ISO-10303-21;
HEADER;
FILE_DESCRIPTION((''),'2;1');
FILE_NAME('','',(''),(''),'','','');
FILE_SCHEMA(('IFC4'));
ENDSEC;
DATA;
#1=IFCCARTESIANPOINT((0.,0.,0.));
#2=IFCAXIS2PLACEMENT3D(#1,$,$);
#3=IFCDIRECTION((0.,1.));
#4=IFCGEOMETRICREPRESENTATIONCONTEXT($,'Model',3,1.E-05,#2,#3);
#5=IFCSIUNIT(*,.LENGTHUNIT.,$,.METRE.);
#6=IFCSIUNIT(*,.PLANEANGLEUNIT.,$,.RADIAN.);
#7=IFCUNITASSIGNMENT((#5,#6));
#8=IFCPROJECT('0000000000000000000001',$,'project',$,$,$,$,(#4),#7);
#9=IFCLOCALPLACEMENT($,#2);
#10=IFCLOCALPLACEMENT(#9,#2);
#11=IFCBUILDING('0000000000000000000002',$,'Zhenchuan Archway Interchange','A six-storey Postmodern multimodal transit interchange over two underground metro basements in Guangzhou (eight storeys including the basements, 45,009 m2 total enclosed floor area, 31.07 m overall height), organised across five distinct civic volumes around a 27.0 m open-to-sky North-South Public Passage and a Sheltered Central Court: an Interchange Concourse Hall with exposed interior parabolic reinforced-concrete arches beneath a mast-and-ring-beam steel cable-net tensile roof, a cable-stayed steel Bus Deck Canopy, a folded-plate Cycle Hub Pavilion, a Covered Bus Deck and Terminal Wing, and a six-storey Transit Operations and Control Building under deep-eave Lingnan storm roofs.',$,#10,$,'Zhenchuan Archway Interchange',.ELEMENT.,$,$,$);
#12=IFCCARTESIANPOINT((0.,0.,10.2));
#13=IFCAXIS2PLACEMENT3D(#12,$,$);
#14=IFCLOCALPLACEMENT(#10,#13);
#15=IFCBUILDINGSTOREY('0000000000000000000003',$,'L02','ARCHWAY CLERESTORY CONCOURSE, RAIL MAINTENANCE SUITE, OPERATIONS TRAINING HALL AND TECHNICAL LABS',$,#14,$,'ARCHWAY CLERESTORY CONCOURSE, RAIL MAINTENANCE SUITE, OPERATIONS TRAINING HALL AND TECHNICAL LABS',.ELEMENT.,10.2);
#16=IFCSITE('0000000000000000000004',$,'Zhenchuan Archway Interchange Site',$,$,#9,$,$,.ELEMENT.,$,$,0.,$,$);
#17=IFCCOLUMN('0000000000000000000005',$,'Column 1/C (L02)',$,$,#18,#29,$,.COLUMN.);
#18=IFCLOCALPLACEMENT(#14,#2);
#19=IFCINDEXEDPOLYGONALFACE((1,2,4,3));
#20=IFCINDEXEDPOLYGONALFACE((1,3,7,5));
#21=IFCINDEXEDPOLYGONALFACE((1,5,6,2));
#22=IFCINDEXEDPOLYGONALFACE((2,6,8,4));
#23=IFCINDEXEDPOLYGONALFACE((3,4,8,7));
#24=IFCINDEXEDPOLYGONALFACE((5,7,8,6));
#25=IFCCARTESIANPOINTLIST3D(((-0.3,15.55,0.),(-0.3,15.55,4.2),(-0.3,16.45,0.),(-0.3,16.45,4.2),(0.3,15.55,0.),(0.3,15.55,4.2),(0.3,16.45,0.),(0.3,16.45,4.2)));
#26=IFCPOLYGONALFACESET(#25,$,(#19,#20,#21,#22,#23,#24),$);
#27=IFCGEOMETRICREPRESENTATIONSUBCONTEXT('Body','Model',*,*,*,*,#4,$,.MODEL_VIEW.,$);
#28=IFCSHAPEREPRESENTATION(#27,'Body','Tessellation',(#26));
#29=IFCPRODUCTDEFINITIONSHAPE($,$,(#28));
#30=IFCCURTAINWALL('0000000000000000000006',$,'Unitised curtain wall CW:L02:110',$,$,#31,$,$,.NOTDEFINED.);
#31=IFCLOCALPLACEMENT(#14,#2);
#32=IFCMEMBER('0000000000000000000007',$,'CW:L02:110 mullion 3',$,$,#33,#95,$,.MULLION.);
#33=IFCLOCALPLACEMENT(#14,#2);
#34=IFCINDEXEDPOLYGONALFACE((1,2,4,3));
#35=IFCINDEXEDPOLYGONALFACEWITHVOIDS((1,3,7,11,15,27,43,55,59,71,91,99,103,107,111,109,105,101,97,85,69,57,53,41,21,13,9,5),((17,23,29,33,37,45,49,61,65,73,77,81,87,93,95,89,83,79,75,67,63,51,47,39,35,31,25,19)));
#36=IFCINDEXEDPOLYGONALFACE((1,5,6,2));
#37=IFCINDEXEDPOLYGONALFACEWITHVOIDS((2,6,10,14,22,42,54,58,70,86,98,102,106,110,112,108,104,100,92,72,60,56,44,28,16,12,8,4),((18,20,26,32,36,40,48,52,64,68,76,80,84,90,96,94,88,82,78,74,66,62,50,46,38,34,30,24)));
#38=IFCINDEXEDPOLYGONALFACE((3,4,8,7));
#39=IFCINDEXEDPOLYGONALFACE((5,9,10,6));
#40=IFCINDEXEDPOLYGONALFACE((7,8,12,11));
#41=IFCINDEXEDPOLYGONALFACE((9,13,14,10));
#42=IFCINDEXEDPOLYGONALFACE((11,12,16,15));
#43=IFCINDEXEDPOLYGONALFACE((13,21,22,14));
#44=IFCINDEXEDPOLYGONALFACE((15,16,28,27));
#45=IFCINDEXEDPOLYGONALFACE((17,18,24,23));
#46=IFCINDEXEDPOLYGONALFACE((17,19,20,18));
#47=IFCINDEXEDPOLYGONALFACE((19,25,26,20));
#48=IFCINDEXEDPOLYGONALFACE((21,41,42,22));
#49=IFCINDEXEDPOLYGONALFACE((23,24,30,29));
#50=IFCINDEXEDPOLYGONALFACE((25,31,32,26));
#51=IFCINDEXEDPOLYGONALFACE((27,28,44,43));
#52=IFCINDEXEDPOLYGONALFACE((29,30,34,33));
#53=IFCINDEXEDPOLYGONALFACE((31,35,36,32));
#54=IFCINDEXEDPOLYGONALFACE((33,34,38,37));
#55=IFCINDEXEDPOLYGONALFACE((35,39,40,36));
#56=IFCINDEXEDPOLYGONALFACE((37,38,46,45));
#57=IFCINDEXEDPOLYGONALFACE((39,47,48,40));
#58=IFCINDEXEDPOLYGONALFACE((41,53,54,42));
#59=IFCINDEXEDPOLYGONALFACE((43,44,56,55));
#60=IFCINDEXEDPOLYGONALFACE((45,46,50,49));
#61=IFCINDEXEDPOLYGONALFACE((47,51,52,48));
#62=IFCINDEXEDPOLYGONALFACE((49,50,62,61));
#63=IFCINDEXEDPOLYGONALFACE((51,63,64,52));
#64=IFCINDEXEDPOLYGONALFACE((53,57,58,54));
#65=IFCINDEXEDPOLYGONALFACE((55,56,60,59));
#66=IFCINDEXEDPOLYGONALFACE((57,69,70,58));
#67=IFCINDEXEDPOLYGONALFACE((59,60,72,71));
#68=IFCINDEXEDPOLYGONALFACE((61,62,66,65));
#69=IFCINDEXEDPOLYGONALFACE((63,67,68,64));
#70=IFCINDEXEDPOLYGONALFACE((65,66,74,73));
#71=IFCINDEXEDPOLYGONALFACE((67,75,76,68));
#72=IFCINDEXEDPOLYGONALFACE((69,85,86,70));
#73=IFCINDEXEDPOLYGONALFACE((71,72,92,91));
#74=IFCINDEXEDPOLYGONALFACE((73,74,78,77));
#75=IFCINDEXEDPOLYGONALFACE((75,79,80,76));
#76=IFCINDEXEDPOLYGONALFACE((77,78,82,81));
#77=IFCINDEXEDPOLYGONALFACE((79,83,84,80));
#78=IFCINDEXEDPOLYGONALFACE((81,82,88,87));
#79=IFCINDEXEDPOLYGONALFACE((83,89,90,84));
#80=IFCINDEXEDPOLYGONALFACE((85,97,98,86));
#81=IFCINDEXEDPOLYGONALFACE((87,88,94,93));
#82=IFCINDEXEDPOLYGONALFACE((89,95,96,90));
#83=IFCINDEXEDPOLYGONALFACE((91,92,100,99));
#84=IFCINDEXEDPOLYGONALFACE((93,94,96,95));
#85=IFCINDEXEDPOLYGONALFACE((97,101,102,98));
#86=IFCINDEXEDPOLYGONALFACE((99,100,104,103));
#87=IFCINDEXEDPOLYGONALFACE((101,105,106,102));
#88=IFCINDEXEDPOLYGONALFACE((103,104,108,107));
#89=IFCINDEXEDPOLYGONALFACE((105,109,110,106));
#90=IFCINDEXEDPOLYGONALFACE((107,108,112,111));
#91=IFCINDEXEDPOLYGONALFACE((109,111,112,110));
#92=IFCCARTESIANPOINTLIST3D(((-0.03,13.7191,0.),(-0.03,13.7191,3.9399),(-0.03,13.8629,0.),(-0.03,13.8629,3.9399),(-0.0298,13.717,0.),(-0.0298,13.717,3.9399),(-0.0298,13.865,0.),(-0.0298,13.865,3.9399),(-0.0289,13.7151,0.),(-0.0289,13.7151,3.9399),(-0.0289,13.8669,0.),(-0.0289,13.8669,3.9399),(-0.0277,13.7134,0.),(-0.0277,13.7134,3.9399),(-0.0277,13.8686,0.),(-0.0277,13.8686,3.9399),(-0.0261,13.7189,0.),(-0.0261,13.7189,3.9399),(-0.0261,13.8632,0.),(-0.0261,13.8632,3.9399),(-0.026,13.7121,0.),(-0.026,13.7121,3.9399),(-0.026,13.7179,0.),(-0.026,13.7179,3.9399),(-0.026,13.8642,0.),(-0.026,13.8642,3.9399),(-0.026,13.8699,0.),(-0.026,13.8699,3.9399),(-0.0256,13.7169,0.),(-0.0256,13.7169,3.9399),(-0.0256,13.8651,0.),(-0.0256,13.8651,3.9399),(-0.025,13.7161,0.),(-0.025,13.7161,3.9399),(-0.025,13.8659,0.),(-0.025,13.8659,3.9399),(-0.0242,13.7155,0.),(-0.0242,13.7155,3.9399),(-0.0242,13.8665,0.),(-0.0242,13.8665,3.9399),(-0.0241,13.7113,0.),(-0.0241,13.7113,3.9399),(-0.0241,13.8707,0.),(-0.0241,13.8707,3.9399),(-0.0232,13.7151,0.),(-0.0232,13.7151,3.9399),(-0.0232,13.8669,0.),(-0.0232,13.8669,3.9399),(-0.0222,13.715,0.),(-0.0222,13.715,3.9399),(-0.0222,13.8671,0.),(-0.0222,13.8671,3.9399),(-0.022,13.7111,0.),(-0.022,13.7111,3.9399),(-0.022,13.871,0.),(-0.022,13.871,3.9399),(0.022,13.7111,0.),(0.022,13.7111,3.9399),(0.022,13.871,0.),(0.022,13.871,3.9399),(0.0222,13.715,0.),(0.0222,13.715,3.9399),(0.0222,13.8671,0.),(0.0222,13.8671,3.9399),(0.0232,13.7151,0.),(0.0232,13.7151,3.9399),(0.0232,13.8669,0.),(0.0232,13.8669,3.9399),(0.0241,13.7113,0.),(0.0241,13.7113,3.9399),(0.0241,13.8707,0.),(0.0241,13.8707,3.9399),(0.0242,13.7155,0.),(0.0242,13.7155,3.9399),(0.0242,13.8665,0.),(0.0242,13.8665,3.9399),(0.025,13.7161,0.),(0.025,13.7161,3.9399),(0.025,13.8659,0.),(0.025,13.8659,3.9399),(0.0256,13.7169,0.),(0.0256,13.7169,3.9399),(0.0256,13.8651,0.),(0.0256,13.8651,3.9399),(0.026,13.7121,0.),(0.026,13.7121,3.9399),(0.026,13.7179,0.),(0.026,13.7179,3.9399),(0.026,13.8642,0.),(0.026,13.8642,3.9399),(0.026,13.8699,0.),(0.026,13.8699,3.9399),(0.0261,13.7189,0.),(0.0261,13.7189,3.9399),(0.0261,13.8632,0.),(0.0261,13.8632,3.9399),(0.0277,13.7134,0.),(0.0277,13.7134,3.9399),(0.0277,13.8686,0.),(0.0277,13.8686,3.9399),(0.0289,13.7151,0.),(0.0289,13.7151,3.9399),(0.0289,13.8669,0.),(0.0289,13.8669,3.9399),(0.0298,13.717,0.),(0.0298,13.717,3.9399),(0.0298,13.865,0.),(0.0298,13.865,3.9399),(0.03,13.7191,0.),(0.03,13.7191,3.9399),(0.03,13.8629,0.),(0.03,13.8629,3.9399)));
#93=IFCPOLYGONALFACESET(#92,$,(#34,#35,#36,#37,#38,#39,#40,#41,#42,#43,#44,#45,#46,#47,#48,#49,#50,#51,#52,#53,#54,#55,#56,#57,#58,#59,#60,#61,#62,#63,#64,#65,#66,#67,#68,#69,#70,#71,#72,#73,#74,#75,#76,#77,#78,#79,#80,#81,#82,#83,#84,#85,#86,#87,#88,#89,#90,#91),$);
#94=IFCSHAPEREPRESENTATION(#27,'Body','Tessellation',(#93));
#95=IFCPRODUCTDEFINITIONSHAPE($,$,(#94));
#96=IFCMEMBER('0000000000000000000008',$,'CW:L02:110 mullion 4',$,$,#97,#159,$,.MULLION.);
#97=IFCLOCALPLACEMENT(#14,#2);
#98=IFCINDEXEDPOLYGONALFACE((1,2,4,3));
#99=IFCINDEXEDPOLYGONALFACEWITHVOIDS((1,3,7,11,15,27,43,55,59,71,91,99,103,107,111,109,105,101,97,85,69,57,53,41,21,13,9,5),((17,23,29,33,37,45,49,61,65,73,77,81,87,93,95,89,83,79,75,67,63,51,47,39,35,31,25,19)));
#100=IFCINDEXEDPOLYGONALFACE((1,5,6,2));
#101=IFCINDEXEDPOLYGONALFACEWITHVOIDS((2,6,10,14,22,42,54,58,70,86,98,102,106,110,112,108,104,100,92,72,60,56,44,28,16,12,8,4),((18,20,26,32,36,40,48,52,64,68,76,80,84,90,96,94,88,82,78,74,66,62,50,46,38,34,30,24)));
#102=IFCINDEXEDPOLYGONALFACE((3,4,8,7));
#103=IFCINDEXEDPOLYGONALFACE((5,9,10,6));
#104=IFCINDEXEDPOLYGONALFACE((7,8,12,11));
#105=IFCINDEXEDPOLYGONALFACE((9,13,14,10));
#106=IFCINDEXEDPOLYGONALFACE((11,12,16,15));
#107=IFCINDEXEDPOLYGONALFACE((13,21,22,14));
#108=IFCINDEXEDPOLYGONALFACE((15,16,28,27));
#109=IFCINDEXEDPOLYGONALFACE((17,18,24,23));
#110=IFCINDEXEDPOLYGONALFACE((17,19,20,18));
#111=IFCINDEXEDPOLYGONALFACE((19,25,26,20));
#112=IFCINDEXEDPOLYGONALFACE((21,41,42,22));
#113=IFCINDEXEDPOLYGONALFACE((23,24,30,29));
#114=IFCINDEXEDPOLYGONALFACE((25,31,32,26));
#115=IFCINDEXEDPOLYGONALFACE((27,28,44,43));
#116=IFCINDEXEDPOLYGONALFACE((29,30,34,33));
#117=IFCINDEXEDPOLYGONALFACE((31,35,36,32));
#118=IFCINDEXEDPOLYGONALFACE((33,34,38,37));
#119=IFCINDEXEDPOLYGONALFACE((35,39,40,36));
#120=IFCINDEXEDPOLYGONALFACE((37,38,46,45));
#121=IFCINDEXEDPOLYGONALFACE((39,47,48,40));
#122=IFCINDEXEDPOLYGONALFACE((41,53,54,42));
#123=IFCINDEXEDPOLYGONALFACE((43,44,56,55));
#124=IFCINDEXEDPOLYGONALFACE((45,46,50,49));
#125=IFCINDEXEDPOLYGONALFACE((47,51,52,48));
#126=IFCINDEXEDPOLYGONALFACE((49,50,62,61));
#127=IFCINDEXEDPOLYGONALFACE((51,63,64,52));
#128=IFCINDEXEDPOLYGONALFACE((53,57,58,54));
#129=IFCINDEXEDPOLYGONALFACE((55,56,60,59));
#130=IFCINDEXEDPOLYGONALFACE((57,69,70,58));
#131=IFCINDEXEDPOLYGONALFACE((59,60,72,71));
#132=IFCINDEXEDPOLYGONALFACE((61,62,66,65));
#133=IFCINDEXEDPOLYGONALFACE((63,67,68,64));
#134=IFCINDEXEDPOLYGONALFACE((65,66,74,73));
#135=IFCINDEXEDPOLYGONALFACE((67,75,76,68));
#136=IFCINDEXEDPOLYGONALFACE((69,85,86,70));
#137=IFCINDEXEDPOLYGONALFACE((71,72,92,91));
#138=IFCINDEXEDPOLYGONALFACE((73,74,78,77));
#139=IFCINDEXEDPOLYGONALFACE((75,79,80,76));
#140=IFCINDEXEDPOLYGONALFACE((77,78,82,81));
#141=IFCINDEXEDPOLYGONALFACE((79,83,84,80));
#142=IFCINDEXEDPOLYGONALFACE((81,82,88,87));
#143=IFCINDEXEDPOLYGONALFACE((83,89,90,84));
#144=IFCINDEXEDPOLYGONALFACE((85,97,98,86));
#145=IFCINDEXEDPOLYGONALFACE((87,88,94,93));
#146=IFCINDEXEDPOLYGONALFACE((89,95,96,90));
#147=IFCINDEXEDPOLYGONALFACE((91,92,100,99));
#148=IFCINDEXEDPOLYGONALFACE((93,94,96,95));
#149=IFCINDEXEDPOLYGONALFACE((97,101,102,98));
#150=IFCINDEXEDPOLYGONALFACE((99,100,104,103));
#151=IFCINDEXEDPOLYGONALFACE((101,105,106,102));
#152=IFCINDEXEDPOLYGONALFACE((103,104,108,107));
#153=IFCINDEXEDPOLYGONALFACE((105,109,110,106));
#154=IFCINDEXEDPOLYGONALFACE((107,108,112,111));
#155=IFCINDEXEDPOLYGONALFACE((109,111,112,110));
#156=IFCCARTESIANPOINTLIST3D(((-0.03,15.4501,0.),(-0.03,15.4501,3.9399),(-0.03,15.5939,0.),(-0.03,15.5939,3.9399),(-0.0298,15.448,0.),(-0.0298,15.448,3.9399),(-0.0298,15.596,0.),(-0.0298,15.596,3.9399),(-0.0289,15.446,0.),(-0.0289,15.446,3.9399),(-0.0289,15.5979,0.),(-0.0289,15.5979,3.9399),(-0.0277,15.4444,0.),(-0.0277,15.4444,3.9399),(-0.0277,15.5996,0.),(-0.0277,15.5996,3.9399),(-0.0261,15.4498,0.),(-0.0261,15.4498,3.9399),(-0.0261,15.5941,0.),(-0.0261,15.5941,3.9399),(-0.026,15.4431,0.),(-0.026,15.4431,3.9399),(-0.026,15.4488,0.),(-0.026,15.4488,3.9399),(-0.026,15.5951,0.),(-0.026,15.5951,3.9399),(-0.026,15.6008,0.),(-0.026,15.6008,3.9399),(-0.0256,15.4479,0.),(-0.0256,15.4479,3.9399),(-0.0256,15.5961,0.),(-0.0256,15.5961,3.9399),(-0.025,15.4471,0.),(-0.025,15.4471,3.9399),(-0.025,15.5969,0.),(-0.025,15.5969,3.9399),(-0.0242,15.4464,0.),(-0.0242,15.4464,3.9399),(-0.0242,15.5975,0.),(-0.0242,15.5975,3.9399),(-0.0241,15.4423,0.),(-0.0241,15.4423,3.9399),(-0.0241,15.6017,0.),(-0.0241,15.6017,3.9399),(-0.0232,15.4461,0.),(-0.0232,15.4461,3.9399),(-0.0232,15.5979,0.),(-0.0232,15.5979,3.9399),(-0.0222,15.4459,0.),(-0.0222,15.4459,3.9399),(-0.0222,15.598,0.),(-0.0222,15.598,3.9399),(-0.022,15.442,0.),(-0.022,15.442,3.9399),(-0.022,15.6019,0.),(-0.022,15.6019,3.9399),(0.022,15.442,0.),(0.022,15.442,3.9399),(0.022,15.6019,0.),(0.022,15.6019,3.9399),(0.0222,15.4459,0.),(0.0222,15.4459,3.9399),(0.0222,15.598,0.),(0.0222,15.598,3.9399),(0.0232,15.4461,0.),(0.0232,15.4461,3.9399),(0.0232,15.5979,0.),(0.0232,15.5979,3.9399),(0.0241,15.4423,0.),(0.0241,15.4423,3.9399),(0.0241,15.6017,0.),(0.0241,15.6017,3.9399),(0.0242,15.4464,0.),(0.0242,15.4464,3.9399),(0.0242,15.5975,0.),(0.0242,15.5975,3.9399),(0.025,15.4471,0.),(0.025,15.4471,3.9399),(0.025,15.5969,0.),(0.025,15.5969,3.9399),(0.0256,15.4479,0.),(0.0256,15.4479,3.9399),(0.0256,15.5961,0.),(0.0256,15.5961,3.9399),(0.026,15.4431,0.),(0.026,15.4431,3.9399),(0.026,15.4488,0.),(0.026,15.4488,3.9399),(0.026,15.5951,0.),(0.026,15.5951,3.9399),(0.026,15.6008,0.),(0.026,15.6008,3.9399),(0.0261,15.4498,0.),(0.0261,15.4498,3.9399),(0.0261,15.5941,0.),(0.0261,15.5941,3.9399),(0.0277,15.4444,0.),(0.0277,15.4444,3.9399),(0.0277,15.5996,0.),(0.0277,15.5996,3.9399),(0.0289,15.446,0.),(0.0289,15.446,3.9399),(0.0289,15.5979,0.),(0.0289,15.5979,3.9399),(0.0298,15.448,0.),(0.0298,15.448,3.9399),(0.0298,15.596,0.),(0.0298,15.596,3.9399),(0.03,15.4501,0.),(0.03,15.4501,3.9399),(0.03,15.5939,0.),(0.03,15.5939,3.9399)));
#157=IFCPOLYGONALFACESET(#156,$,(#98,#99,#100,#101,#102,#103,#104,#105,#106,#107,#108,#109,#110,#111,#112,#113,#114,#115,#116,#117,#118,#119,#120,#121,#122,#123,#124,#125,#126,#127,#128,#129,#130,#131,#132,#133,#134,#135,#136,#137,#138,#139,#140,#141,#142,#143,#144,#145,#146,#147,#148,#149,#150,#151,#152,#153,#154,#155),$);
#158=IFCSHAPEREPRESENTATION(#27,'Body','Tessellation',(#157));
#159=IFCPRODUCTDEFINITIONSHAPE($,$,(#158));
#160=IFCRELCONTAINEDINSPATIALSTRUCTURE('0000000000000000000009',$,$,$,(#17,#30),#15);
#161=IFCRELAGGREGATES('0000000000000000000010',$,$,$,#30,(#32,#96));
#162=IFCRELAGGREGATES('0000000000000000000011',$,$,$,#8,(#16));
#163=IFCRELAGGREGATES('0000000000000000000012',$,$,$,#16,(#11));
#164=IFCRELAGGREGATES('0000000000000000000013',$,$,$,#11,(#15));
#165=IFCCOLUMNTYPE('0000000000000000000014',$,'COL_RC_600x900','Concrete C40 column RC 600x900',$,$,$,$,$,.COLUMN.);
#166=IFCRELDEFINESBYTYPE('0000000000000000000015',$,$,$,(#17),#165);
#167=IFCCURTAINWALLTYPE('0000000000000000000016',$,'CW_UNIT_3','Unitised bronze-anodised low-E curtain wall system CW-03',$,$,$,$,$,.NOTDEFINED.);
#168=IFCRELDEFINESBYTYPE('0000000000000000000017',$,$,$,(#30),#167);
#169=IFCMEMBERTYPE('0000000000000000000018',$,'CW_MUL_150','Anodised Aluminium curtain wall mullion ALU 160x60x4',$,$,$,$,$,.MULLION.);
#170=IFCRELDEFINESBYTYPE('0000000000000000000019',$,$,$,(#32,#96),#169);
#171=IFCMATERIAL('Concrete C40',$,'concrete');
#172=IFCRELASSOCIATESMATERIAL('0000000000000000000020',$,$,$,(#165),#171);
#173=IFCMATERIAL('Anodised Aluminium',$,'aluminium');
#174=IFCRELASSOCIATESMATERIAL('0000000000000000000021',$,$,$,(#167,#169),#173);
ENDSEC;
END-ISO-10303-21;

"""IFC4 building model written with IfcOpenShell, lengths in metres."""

from ifc_helpers import new_model, si_unit, direction, frame, origin, origin_2d, place, context, subcontext, project, spatial, rectangle, hollow_rectangle, extrude, material, material_profile, profile_set, type_object, element, aggregate, save


model = new_model("IFC4")

# Units and contexts
model_context = context("Model", 3, precision=1e-05, world=origin(), true_north=direction((0.0, 1.0)))
body_context = subcontext(model_context, "Body", "Model", "MODEL_VIEW")
ifc_project = project(units=[si_unit("LENGTHUNIT", "METRE"), si_unit("PLANEANGLEUNIT", "RADIAN")], contexts=[model_context])

# Site, building, storey
site_placement = place(None, origin())
site = spatial("IfcSite", under=ifc_project, at=site_placement, Name="Zhenchuan Archway Interchange Site", CompositionType="ELEMENT", RefElevation=0.0)
building_placement = place(site_placement, origin())
building = spatial("IfcBuilding", under=site, at=building_placement, Name="Zhenchuan Archway Interchange", Description="A six-storey Postmodern multimodal transit interchange over two underground metro basements in Guangzhou (eight storeys including the basements, 45,009 m2 total enclosed floor area, 31.07 m overall height), organised across five distinct civic volumes around a 27.0 m open-to-sky North-South Public Passage and a Sheltered Central Court: an Interchange Concourse Hall with exposed interior parabolic reinforced-concrete arches beneath a mast-and-ring-beam steel cable-net tensile roof, a cable-stayed steel Bus Deck Canopy, a folded-plate Cycle Hub Pavilion, a Covered Bus Deck and Terminal Wing, and a six-storey Transit Operations and Control Building under deep-eave Lingnan storm roofs.", LongName="Zhenchuan Archway Interchange", CompositionType="ELEMENT")
storey_placement = place(building_placement, frame((0.0, 0.0, 10.2)))
storey = spatial("IfcBuildingStorey", under=building, at=storey_placement, Name="L02", Description="ARCHWAY CLERESTORY CONCOURSE, RAIL MAINTENANCE SUITE, OPERATIONS TRAINING HALL AND TECHNICAL LABS", LongName="ARCHWAY CLERESTORY CONCOURSE, RAIL MAINTENANCE SUITE, OPERATIONS TRAINING HALL AND TECHNICAL LABS", CompositionType="ELEMENT", Elevation=10.2)

# Column
ifc_material_1 = material(Name="Concrete C40", Category="concrete")
ifc_material_profile_1 = material_profile(ifc_material_1, rectangle(XDim=0.6001, YDim=0.8999, at=origin_2d()), Name="RC 600x900")
ifc_profile_set_1 = profile_set([ifc_material_profile_1], Name="Concrete C40")
column_type = type_object("IfcColumnType", Name="COL_RC_600x900", Description="Concrete C40 column RC 600x900", PredefinedType="COLUMN", material=ifc_profile_set_1)
column_placement = place(storey_placement, frame((0.0, 16.0, 0.0), z_axis=(0.0, 0.0, 1.0), x_axis=(1.0, 0.0, 0.0)))
element("IfcColumn", 1, at=column_placement, inside=storey, type_object=column_type, Name="Column 1/C (L02)", PredefinedType="COLUMN", context=body_context, shape_type="SweptSolid", body=[
    extrude(rectangle(XDim=0.6001, YDim=0.8999, at=origin_2d()), origin(), (0.0, 0.0, 1.0), 4.2),
])

# Curtain wall, members
ifc_material_2 = material(Name="Anodised Aluminium", Category="aluminium")
curtain_wall_type_1 = type_object("IfcCurtainWallType", Name="CW_UNIT_3", Description="Unitised bronze-anodised low-E curtain wall system CW-03", PredefinedType="NOTDEFINED", material=ifc_material_2)
curtain_wall_1_placement = place(storey_placement, origin())
curtain_wall_1 = element("IfcCurtainWall", 2, at=curtain_wall_1_placement, inside=storey, type_object=curtain_wall_type_1, Name="Unitised curtain wall CW:L02:110", PredefinedType="NOTDEFINED")
ifc_material_profile_2 = material_profile(ifc_material_2, hollow_rectangle(XDim=0.0601, YDim=0.1599, WallThickness=0.0039, InnerFilletRadius=0.0039, OuterFilletRadius=0.0081, at=origin_2d()), Name="ALU 160x60x4")
ifc_profile_set_2 = profile_set([ifc_material_profile_2], Name="Anodised Aluminium")
member_type_1 = type_object("IfcMemberType", Name="CW_MUL_150", Description="Anodised Aluminium curtain wall mullion ALU 160x60x4", PredefinedType="MULLION", material=ifc_profile_set_2)
member_1_placement = place(storey_placement, frame((0.0, 13.791, 0.0), z_axis=(0.0, 0.0, 1.0), x_axis=(1.0, 0.0, 0.0)))
member_1 = element("IfcMember", 3, at=member_1_placement, type_object=member_type_1, Name="CW:L02:110 mullion 3", PredefinedType="MULLION", context=body_context, shape_type="SweptSolid", body=[
    extrude(hollow_rectangle(XDim=0.0601, YDim=0.1599, WallThickness=0.0039, InnerFilletRadius=0.0039, OuterFilletRadius=0.0081, at=origin_2d()), origin(), (0.0, 0.0, 1.0), 3.9399),
])
member_2_placement = place(storey_placement, frame((0.0, 15.522, 0.0), z_axis=(0.0, 0.0, 1.0), x_axis=(1.0, 0.0, 0.0)))
member_2 = element("IfcMember", 4, at=member_2_placement, type_object=member_type_1, Name="CW:L02:110 mullion 4", PredefinedType="MULLION", context=body_context, shape_type="SweptSolid", body=[
    extrude(hollow_rectangle(XDim=0.0601, YDim=0.1599, WallThickness=0.0039, InnerFilletRadius=0.0039, OuterFilletRadius=0.0081, at=origin_2d()), origin(), (0.0, 0.0, 1.0), 3.9399),
])

aggregate(curtain_wall_1, [member_1, member_2])

save(model, "model.ifc")
